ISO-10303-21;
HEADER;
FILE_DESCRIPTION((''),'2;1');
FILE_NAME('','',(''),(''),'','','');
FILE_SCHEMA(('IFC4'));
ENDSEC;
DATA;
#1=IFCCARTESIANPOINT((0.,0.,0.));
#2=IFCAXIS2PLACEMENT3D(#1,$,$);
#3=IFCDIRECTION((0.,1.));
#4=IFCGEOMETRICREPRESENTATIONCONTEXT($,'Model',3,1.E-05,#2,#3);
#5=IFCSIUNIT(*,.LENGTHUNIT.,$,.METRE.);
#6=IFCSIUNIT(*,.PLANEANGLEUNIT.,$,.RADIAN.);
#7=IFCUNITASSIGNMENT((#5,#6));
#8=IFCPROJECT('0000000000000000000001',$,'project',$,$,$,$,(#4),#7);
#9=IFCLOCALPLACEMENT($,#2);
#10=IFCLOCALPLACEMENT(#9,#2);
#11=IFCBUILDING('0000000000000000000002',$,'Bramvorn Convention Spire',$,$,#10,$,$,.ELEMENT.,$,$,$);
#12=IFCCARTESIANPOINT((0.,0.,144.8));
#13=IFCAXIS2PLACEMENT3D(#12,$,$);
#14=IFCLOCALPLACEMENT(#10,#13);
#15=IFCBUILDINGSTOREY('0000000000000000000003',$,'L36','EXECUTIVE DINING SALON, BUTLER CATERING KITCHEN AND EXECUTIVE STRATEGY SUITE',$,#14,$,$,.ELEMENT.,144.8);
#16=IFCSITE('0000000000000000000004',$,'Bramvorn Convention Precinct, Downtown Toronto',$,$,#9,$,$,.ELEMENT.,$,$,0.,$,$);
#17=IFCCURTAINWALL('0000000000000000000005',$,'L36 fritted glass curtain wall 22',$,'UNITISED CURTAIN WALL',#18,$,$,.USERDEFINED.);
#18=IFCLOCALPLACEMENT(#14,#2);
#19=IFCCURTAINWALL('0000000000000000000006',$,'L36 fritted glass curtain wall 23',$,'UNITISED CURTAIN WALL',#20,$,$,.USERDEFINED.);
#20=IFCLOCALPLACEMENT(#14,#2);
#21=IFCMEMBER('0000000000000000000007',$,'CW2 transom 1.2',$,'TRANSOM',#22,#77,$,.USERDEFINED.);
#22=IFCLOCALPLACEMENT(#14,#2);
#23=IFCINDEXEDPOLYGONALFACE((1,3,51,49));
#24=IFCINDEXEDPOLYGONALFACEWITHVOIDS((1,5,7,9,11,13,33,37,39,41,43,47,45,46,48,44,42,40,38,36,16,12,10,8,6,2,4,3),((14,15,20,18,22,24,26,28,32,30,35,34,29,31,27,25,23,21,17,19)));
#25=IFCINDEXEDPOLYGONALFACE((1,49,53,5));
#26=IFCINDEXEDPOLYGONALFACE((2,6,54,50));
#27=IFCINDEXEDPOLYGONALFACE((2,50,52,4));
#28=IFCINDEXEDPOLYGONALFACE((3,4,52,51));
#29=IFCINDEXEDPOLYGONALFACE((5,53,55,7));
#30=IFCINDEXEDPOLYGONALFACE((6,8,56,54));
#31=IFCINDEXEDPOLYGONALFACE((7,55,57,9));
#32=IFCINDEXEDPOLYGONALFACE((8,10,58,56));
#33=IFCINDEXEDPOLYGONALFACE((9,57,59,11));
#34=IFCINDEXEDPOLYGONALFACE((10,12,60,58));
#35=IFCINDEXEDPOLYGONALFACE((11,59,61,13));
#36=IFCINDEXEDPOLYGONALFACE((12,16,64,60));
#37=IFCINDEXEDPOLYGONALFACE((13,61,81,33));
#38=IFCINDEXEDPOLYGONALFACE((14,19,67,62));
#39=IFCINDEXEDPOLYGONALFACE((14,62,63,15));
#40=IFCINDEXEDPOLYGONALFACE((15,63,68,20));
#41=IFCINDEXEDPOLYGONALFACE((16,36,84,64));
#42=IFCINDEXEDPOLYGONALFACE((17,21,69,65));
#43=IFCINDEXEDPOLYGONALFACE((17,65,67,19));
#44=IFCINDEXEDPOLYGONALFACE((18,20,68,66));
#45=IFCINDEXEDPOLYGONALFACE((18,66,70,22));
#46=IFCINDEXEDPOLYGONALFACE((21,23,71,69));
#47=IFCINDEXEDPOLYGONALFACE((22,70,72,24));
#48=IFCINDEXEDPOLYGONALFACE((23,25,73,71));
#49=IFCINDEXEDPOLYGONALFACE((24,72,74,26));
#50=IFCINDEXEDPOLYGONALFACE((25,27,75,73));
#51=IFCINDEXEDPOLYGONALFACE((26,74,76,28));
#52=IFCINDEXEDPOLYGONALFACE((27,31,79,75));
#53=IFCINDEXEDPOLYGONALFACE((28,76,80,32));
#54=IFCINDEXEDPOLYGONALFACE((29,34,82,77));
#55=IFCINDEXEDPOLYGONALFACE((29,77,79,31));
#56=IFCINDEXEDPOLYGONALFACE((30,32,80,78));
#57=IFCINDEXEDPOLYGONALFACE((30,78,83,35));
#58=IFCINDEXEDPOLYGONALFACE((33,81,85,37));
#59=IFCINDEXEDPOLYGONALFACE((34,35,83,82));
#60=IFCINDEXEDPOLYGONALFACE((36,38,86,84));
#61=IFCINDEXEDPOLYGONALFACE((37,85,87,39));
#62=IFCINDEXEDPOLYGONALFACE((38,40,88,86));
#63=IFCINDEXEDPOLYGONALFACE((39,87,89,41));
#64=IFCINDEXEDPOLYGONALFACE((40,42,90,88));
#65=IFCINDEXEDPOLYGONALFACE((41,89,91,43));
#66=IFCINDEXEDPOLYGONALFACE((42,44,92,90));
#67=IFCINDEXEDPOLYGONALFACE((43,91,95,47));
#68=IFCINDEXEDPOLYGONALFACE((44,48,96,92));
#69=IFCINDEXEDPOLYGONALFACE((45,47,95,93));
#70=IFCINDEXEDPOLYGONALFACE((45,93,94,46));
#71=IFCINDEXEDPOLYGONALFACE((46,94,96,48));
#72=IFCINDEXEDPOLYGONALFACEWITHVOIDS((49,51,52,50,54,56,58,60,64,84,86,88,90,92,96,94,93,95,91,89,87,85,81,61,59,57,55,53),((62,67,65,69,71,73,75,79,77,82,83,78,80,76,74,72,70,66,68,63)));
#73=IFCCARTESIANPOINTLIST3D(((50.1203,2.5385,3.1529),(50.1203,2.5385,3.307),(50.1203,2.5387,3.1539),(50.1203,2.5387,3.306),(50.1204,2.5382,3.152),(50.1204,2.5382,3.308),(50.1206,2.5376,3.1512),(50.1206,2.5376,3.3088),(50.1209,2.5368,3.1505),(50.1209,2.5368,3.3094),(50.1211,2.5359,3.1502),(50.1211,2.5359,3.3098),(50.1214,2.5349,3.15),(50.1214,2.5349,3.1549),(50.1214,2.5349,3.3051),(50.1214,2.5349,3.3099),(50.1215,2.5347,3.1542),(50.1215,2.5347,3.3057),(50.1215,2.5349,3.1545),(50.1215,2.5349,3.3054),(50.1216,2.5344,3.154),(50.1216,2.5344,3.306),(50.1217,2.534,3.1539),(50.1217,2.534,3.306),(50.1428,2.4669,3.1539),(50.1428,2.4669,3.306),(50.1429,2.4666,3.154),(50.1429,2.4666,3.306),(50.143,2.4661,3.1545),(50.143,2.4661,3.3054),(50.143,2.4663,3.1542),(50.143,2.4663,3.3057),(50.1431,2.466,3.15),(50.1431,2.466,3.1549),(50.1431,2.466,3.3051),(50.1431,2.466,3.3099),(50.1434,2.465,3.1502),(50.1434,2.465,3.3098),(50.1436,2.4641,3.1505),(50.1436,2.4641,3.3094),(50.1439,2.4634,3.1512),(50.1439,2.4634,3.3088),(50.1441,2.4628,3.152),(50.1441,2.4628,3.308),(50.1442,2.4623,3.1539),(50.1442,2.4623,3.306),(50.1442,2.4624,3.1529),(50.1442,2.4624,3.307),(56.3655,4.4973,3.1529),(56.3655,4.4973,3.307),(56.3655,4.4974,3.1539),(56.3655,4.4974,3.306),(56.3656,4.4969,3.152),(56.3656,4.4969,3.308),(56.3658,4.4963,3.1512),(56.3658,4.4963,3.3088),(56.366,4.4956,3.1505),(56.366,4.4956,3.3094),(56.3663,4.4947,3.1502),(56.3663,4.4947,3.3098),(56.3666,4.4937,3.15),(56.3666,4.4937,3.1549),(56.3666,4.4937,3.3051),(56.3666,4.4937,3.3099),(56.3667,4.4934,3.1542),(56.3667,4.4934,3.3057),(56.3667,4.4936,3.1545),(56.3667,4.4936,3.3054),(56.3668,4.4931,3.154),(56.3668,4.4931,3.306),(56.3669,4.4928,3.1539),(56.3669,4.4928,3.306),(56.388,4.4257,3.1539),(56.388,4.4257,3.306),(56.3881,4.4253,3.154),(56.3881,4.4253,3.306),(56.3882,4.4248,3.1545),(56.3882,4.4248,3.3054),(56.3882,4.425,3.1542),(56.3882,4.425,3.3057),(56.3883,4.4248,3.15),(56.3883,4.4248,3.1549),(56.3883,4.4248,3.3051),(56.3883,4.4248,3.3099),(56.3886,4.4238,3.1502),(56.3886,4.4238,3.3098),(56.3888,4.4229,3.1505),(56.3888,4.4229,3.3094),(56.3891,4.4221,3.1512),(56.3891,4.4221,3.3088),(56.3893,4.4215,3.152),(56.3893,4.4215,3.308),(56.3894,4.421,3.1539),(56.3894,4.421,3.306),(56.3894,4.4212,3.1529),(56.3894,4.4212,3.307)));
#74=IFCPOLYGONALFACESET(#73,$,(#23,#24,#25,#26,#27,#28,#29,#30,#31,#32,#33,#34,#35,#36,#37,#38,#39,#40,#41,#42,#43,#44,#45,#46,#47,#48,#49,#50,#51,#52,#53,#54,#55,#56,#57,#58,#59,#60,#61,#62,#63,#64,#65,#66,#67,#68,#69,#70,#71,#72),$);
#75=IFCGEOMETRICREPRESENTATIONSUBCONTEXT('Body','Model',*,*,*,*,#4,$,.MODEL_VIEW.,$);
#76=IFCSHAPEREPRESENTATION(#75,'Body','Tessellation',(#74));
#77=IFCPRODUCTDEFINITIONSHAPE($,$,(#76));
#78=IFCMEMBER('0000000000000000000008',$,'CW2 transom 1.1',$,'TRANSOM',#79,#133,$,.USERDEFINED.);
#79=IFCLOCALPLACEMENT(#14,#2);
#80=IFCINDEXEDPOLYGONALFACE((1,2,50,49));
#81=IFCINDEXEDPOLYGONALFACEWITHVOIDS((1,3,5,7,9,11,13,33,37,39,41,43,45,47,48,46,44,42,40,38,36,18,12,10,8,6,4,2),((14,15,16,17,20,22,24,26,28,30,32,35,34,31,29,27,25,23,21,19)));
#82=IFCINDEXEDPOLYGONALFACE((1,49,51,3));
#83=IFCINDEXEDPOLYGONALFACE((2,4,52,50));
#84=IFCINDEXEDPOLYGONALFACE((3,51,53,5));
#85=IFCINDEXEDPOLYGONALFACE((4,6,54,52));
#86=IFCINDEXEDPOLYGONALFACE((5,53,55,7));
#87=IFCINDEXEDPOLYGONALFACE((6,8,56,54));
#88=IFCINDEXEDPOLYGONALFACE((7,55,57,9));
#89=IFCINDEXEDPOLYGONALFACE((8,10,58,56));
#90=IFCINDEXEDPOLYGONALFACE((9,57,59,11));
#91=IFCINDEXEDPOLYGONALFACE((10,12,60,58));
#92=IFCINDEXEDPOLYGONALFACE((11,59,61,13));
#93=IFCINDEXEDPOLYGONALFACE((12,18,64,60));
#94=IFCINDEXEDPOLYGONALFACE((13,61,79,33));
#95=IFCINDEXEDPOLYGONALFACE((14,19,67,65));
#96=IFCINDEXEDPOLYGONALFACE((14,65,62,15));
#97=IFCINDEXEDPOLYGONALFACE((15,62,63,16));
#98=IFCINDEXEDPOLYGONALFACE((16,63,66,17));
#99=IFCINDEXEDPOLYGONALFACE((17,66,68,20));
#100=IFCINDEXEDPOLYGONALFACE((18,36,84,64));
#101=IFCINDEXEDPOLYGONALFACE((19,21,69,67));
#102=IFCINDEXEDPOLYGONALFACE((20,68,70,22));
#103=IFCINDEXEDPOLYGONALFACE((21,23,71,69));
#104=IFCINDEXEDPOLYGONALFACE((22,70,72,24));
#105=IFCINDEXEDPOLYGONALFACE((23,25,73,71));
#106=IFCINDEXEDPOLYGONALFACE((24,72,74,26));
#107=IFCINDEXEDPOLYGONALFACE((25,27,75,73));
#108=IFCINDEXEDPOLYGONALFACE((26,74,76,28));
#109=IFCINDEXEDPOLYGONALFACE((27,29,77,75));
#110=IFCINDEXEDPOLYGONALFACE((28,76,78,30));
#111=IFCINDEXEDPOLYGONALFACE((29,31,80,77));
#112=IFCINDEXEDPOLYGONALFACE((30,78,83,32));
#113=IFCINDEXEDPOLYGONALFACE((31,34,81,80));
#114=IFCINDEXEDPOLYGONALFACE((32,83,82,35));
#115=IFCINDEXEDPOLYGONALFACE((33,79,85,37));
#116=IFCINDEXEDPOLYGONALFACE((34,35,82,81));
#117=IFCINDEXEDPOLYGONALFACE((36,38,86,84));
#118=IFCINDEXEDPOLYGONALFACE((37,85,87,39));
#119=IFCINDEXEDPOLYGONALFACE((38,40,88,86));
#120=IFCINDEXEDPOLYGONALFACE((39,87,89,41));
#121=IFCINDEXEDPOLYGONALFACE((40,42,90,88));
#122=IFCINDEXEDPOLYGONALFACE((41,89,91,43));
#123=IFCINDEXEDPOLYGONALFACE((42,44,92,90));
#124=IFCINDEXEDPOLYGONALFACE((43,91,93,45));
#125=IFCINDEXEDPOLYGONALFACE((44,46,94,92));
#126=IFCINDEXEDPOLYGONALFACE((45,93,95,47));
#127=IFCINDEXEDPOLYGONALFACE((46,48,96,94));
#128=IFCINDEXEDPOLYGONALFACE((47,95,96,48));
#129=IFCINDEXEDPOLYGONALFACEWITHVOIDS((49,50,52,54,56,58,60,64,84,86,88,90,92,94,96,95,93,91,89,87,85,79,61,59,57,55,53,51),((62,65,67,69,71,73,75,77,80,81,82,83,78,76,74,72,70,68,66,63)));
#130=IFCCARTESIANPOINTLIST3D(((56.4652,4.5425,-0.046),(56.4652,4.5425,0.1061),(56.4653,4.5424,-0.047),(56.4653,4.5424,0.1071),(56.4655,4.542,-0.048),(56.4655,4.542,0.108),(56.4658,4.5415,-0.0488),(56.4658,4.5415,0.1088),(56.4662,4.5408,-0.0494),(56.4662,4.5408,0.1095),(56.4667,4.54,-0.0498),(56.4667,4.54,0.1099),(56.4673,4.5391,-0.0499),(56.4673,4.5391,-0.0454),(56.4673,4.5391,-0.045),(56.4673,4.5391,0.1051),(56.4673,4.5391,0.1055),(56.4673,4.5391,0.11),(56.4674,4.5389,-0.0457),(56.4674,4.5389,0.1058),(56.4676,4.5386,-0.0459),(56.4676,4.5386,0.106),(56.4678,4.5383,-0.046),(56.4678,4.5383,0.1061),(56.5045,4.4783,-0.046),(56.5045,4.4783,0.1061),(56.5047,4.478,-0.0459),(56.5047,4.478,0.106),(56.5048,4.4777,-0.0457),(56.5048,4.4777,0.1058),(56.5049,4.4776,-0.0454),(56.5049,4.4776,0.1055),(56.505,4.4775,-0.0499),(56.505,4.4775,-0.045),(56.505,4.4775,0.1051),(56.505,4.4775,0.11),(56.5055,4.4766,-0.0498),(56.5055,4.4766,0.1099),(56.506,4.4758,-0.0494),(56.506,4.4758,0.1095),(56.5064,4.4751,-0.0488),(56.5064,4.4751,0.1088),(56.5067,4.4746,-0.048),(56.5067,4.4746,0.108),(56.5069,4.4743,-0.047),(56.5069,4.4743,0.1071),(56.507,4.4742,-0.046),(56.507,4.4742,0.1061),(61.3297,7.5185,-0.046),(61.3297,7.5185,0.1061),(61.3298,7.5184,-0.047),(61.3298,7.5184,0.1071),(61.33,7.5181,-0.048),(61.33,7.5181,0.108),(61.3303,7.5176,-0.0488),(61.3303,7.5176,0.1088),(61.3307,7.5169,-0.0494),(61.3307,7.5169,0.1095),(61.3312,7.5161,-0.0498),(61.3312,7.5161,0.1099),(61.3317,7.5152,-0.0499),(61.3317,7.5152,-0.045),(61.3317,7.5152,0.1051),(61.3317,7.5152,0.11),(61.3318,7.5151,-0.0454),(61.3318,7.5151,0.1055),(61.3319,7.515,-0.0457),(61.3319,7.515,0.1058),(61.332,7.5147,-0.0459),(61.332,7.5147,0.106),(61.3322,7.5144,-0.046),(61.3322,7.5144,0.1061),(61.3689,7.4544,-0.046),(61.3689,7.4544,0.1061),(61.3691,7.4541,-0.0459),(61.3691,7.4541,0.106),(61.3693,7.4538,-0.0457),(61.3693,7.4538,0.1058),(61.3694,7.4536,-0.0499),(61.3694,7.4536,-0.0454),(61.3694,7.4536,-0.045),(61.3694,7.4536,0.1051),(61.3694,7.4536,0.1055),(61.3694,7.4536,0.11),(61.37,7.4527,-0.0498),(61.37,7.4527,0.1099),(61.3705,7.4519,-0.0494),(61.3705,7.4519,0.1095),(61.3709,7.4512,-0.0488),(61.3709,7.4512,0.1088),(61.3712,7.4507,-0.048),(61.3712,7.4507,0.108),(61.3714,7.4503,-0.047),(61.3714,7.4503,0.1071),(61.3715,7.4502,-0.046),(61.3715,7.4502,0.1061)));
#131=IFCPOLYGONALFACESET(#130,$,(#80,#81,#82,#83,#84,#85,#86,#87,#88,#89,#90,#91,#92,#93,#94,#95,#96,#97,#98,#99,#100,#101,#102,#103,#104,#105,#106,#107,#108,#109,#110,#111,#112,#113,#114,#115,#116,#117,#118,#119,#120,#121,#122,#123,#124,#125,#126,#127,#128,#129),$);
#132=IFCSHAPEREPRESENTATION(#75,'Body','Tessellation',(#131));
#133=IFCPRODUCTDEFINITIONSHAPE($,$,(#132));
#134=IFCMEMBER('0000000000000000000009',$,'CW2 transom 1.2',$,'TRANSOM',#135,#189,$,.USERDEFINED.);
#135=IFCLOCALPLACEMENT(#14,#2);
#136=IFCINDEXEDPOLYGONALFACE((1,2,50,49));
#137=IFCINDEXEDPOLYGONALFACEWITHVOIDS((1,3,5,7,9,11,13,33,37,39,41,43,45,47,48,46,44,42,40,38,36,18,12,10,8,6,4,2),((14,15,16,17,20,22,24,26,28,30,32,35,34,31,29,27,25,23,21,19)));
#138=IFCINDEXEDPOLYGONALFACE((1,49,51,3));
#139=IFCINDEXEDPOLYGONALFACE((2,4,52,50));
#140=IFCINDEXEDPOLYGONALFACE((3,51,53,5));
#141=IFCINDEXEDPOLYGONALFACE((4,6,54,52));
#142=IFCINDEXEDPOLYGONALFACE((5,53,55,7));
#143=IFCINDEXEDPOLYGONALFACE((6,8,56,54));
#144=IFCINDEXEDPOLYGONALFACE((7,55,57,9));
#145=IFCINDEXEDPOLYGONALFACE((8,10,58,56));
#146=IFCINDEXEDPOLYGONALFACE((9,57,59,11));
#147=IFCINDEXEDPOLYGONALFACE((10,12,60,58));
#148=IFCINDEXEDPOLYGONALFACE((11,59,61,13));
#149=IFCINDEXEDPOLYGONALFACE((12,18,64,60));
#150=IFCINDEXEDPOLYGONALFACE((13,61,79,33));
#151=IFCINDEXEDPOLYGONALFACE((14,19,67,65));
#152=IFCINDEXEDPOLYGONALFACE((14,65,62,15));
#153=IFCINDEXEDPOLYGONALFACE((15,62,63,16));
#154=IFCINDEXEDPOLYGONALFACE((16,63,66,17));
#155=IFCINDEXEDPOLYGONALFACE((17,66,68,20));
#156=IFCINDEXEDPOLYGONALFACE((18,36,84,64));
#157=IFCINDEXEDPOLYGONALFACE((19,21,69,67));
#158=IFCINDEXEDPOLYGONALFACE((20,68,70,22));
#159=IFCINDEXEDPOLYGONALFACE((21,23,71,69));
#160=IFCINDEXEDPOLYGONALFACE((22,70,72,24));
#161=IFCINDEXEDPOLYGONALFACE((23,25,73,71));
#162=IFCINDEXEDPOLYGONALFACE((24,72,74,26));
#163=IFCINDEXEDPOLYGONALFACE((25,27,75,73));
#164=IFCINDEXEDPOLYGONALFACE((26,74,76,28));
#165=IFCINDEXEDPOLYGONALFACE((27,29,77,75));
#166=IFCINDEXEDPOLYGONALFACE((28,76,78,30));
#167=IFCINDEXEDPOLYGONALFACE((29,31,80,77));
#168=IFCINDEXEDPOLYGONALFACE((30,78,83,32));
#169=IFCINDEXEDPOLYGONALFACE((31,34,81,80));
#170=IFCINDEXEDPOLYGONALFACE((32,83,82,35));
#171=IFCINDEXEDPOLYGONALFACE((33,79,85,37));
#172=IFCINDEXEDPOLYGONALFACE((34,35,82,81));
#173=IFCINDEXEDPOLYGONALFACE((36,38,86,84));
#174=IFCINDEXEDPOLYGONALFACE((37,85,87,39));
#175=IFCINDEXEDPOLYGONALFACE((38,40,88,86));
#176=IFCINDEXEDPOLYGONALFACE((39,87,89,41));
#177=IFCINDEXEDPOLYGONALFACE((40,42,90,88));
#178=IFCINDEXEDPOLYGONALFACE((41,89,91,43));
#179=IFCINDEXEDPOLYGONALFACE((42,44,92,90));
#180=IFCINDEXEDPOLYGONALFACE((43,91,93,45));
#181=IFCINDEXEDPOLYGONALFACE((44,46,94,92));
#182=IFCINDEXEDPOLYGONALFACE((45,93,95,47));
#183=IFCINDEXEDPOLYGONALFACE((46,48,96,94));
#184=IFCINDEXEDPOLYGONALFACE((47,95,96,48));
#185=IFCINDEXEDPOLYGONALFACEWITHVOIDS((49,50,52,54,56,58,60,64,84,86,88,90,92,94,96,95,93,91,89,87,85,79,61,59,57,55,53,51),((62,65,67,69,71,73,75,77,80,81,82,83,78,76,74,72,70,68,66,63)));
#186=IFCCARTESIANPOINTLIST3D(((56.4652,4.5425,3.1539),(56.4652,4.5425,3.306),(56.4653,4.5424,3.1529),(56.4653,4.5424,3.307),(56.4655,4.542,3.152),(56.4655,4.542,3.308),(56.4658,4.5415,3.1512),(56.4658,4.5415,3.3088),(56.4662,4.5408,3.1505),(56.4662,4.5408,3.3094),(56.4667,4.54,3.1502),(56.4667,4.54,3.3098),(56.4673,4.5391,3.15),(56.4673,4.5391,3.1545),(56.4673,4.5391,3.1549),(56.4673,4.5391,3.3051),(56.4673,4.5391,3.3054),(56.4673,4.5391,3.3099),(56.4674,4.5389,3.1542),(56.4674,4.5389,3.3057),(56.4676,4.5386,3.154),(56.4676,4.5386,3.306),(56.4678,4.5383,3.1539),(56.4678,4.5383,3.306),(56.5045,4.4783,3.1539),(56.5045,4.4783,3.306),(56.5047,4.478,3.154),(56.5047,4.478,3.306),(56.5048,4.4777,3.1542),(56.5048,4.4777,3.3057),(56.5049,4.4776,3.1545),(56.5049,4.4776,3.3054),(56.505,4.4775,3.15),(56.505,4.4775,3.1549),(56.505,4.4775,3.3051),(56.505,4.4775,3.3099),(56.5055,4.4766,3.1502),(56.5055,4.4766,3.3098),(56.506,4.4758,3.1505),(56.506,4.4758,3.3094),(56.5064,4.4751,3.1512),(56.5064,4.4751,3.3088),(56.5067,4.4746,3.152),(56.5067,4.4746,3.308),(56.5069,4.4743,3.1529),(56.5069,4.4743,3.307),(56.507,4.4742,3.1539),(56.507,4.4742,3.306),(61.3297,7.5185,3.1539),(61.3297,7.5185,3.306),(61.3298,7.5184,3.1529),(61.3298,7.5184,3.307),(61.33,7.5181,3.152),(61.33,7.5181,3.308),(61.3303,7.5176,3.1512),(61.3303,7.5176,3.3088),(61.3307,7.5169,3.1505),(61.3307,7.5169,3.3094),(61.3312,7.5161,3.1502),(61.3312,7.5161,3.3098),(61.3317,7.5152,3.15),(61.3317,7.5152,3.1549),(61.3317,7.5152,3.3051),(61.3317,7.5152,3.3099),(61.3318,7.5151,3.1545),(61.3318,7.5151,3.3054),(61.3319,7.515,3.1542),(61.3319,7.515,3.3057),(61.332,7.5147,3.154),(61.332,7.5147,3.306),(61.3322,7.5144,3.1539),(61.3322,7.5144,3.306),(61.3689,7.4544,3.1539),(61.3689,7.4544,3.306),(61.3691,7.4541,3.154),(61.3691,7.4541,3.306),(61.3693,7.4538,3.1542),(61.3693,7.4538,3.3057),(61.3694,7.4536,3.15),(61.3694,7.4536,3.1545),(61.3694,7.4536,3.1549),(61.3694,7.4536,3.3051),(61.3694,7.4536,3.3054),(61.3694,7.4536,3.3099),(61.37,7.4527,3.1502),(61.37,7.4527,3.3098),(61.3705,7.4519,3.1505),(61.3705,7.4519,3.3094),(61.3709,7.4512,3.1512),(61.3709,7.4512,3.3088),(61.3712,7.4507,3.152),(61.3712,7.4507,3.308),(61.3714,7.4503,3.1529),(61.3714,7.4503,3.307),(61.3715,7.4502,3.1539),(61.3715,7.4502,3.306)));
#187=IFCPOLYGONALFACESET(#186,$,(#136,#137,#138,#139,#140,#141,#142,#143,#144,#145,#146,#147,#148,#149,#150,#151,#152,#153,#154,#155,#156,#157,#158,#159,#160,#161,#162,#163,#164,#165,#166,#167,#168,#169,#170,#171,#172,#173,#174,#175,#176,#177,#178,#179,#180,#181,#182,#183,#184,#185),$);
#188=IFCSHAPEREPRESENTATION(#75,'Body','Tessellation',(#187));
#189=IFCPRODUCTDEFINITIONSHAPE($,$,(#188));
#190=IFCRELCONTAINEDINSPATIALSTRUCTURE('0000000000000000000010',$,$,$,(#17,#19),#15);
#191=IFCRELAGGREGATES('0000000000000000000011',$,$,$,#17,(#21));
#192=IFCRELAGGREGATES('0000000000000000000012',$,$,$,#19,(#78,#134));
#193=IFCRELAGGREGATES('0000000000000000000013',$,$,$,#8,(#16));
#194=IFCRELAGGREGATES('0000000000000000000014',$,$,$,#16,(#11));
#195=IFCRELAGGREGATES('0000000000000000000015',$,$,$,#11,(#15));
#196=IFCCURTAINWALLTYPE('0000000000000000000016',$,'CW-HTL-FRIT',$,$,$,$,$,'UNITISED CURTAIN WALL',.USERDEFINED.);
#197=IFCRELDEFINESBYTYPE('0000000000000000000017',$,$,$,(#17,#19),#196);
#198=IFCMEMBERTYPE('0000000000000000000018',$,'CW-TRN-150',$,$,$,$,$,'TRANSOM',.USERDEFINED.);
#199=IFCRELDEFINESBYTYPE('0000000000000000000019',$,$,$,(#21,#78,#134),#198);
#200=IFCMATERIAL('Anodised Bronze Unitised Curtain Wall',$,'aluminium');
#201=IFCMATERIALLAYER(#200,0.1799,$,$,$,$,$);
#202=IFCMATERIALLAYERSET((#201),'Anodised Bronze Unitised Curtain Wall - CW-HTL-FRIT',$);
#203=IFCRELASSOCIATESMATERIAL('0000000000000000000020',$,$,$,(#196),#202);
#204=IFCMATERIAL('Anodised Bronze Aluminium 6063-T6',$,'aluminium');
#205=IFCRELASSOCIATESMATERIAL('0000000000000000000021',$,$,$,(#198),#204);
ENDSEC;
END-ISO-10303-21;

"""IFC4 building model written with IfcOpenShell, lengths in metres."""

from ifc_helpers import new_model, si_unit, direction, frame, origin, origin_2d, place, context, subcontext, project, spatial, hollow_rectangle, extrude, material, layer, layer_set, material_profile, profile_set, type_object, element, aggregate, save


model = new_model("IFC4")

# Units and contexts
model_context = context("Model", 3, precision=1e-05, world=origin(), true_north=direction((0.0, 1.0)))
body_context = subcontext(model_context, "Body", "Model", "MODEL_VIEW")
ifc_project = project(units=[si_unit("LENGTHUNIT", "METRE"), si_unit("PLANEANGLEUNIT", "RADIAN")], contexts=[model_context])

# Site, building, storey
site_placement = place(None, origin())
site = spatial("IfcSite", under=ifc_project, at=site_placement, Name="Bramvorn Convention Precinct, Downtown Toronto", CompositionType="ELEMENT", RefElevation=0.0)
building_placement = place(site_placement, origin())
building = spatial("IfcBuilding", under=site, at=building_placement, Name="Bramvorn Convention Spire", CompositionType="ELEMENT")
storey_placement = place(building_placement, frame((0.0, 0.0, 144.8)))
storey = spatial("IfcBuildingStorey", under=building, at=storey_placement, Name="L36", Description="EXECUTIVE DINING SALON, BUTLER CATERING KITCHEN AND EXECUTIVE STRATEGY SUITE", CompositionType="ELEMENT", Elevation=144.8)

# Curtain walls
ifc_material_1 = material(Name="Anodised Bronze Unitised Curtain Wall", Category="aluminium")
ifc_layer_1 = layer(ifc_material_1, 0.1799)
ifc_layer_set_1 = layer_set([ifc_layer_1], Name="Anodised Bronze Unitised Curtain Wall - CW-HTL-FRIT")
curtain_wall_type = type_object("IfcCurtainWallType", Name="CW-HTL-FRIT", ElementType="UNITISED CURTAIN WALL", PredefinedType="USERDEFINED", material=ifc_layer_set_1)
curtain_wall_1_placement = place(storey_placement, origin())
curtain_wall_1 = element("IfcCurtainWall", 1, at=curtain_wall_1_placement, inside=storey, type_object=curtain_wall_type, Name="L36 fritted glass curtain wall 22", ObjectType="UNITISED CURTAIN WALL", PredefinedType="USERDEFINED")
ifc_material_2 = material(Name="Anodised Bronze Aluminium 6063-T6", Category="aluminium")
curtain_wall_2_placement = place(storey_placement, origin())
curtain_wall_2 = element("IfcCurtainWall", 2, at=curtain_wall_2_placement, inside=storey, type_object=curtain_wall_type, Name="L36 fritted glass curtain wall 23", ObjectType="UNITISED CURTAIN WALL", PredefinedType="USERDEFINED")

# Members
ifc_material_profile_1 = material_profile(ifc_material_2, hollow_rectangle(XDim=0.0801, YDim=0.1599, WallThickness=0.0039, InnerFilletRadius=0.001, OuterFilletRadius=0.0039, at=origin_2d()))
ifc_profile_set_1 = profile_set([ifc_material_profile_1], Name="Anodised Bronze Aluminium 6063-T6 - CWT80X160")
member_type_1 = type_object("IfcMemberType", Name="CW-TRN-150", ElementType="TRANSOM", PredefinedType="USERDEFINED", material=ifc_profile_set_1)
member_1_placement = place(storey_placement, frame((56.3774, 4.4592, 3.23), z_axis=(-0.954169, -0.299269, 0.0), x_axis=(0.299269, -0.954169, 0.0)))
member_1 = element("IfcMember", 3, at=member_1_placement, type_object=member_type_1, Name="CW2 transom 1.2", ObjectType="TRANSOM", PredefinedType="USERDEFINED", context=body_context, shape_type="SweptSolid", body=[
    extrude(hollow_rectangle(XDim=0.0801, YDim=0.1599, WallThickness=0.0039, InnerFilletRadius=0.001, OuterFilletRadius=0.0039, at=origin_2d()), origin(), (0.0, 0.0, 1.0), 6.5452),
])
member_2_placement = place(storey_placement, frame((61.3506, 7.4844, 0.03), z_axis=(-0.853022, -0.521874, 0.0), x_axis=(0.521874, -0.853022, 0.0)))
member_2 = element("IfcMember", 4, at=member_2_placement, type_object=member_type_1, Name="CW2 transom 1.1", ObjectType="TRANSOM", PredefinedType="USERDEFINED", context=body_context, shape_type="SweptSolid", body=[
    extrude(hollow_rectangle(XDim=0.0801, YDim=0.1599, WallThickness=0.0039, InnerFilletRadius=0.001, OuterFilletRadius=0.0039, at=origin_2d()), origin(), (0.0, 0.0, 1.0), 5.7026),
])
member_3_placement = place(storey_placement, frame((61.3506, 7.4844, 3.23), z_axis=(-0.853022, -0.521874, 0.0), x_axis=(0.521874, -0.853022, 0.0)))
member_3 = element("IfcMember", 5, at=member_3_placement, type_object=member_type_1, Name="CW2 transom 1.2", ObjectType="TRANSOM", PredefinedType="USERDEFINED", context=body_context, shape_type="SweptSolid", body=[
    extrude(hollow_rectangle(XDim=0.0801, YDim=0.1599, WallThickness=0.0039, InnerFilletRadius=0.001, OuterFilletRadius=0.0039, at=origin_2d()), origin(), (0.0, 0.0, 1.0), 5.7026),
])

aggregate(curtain_wall_1, [member_1])
aggregate(curtain_wall_2, [member_2, member_3])

save(model, "model.ifc")
